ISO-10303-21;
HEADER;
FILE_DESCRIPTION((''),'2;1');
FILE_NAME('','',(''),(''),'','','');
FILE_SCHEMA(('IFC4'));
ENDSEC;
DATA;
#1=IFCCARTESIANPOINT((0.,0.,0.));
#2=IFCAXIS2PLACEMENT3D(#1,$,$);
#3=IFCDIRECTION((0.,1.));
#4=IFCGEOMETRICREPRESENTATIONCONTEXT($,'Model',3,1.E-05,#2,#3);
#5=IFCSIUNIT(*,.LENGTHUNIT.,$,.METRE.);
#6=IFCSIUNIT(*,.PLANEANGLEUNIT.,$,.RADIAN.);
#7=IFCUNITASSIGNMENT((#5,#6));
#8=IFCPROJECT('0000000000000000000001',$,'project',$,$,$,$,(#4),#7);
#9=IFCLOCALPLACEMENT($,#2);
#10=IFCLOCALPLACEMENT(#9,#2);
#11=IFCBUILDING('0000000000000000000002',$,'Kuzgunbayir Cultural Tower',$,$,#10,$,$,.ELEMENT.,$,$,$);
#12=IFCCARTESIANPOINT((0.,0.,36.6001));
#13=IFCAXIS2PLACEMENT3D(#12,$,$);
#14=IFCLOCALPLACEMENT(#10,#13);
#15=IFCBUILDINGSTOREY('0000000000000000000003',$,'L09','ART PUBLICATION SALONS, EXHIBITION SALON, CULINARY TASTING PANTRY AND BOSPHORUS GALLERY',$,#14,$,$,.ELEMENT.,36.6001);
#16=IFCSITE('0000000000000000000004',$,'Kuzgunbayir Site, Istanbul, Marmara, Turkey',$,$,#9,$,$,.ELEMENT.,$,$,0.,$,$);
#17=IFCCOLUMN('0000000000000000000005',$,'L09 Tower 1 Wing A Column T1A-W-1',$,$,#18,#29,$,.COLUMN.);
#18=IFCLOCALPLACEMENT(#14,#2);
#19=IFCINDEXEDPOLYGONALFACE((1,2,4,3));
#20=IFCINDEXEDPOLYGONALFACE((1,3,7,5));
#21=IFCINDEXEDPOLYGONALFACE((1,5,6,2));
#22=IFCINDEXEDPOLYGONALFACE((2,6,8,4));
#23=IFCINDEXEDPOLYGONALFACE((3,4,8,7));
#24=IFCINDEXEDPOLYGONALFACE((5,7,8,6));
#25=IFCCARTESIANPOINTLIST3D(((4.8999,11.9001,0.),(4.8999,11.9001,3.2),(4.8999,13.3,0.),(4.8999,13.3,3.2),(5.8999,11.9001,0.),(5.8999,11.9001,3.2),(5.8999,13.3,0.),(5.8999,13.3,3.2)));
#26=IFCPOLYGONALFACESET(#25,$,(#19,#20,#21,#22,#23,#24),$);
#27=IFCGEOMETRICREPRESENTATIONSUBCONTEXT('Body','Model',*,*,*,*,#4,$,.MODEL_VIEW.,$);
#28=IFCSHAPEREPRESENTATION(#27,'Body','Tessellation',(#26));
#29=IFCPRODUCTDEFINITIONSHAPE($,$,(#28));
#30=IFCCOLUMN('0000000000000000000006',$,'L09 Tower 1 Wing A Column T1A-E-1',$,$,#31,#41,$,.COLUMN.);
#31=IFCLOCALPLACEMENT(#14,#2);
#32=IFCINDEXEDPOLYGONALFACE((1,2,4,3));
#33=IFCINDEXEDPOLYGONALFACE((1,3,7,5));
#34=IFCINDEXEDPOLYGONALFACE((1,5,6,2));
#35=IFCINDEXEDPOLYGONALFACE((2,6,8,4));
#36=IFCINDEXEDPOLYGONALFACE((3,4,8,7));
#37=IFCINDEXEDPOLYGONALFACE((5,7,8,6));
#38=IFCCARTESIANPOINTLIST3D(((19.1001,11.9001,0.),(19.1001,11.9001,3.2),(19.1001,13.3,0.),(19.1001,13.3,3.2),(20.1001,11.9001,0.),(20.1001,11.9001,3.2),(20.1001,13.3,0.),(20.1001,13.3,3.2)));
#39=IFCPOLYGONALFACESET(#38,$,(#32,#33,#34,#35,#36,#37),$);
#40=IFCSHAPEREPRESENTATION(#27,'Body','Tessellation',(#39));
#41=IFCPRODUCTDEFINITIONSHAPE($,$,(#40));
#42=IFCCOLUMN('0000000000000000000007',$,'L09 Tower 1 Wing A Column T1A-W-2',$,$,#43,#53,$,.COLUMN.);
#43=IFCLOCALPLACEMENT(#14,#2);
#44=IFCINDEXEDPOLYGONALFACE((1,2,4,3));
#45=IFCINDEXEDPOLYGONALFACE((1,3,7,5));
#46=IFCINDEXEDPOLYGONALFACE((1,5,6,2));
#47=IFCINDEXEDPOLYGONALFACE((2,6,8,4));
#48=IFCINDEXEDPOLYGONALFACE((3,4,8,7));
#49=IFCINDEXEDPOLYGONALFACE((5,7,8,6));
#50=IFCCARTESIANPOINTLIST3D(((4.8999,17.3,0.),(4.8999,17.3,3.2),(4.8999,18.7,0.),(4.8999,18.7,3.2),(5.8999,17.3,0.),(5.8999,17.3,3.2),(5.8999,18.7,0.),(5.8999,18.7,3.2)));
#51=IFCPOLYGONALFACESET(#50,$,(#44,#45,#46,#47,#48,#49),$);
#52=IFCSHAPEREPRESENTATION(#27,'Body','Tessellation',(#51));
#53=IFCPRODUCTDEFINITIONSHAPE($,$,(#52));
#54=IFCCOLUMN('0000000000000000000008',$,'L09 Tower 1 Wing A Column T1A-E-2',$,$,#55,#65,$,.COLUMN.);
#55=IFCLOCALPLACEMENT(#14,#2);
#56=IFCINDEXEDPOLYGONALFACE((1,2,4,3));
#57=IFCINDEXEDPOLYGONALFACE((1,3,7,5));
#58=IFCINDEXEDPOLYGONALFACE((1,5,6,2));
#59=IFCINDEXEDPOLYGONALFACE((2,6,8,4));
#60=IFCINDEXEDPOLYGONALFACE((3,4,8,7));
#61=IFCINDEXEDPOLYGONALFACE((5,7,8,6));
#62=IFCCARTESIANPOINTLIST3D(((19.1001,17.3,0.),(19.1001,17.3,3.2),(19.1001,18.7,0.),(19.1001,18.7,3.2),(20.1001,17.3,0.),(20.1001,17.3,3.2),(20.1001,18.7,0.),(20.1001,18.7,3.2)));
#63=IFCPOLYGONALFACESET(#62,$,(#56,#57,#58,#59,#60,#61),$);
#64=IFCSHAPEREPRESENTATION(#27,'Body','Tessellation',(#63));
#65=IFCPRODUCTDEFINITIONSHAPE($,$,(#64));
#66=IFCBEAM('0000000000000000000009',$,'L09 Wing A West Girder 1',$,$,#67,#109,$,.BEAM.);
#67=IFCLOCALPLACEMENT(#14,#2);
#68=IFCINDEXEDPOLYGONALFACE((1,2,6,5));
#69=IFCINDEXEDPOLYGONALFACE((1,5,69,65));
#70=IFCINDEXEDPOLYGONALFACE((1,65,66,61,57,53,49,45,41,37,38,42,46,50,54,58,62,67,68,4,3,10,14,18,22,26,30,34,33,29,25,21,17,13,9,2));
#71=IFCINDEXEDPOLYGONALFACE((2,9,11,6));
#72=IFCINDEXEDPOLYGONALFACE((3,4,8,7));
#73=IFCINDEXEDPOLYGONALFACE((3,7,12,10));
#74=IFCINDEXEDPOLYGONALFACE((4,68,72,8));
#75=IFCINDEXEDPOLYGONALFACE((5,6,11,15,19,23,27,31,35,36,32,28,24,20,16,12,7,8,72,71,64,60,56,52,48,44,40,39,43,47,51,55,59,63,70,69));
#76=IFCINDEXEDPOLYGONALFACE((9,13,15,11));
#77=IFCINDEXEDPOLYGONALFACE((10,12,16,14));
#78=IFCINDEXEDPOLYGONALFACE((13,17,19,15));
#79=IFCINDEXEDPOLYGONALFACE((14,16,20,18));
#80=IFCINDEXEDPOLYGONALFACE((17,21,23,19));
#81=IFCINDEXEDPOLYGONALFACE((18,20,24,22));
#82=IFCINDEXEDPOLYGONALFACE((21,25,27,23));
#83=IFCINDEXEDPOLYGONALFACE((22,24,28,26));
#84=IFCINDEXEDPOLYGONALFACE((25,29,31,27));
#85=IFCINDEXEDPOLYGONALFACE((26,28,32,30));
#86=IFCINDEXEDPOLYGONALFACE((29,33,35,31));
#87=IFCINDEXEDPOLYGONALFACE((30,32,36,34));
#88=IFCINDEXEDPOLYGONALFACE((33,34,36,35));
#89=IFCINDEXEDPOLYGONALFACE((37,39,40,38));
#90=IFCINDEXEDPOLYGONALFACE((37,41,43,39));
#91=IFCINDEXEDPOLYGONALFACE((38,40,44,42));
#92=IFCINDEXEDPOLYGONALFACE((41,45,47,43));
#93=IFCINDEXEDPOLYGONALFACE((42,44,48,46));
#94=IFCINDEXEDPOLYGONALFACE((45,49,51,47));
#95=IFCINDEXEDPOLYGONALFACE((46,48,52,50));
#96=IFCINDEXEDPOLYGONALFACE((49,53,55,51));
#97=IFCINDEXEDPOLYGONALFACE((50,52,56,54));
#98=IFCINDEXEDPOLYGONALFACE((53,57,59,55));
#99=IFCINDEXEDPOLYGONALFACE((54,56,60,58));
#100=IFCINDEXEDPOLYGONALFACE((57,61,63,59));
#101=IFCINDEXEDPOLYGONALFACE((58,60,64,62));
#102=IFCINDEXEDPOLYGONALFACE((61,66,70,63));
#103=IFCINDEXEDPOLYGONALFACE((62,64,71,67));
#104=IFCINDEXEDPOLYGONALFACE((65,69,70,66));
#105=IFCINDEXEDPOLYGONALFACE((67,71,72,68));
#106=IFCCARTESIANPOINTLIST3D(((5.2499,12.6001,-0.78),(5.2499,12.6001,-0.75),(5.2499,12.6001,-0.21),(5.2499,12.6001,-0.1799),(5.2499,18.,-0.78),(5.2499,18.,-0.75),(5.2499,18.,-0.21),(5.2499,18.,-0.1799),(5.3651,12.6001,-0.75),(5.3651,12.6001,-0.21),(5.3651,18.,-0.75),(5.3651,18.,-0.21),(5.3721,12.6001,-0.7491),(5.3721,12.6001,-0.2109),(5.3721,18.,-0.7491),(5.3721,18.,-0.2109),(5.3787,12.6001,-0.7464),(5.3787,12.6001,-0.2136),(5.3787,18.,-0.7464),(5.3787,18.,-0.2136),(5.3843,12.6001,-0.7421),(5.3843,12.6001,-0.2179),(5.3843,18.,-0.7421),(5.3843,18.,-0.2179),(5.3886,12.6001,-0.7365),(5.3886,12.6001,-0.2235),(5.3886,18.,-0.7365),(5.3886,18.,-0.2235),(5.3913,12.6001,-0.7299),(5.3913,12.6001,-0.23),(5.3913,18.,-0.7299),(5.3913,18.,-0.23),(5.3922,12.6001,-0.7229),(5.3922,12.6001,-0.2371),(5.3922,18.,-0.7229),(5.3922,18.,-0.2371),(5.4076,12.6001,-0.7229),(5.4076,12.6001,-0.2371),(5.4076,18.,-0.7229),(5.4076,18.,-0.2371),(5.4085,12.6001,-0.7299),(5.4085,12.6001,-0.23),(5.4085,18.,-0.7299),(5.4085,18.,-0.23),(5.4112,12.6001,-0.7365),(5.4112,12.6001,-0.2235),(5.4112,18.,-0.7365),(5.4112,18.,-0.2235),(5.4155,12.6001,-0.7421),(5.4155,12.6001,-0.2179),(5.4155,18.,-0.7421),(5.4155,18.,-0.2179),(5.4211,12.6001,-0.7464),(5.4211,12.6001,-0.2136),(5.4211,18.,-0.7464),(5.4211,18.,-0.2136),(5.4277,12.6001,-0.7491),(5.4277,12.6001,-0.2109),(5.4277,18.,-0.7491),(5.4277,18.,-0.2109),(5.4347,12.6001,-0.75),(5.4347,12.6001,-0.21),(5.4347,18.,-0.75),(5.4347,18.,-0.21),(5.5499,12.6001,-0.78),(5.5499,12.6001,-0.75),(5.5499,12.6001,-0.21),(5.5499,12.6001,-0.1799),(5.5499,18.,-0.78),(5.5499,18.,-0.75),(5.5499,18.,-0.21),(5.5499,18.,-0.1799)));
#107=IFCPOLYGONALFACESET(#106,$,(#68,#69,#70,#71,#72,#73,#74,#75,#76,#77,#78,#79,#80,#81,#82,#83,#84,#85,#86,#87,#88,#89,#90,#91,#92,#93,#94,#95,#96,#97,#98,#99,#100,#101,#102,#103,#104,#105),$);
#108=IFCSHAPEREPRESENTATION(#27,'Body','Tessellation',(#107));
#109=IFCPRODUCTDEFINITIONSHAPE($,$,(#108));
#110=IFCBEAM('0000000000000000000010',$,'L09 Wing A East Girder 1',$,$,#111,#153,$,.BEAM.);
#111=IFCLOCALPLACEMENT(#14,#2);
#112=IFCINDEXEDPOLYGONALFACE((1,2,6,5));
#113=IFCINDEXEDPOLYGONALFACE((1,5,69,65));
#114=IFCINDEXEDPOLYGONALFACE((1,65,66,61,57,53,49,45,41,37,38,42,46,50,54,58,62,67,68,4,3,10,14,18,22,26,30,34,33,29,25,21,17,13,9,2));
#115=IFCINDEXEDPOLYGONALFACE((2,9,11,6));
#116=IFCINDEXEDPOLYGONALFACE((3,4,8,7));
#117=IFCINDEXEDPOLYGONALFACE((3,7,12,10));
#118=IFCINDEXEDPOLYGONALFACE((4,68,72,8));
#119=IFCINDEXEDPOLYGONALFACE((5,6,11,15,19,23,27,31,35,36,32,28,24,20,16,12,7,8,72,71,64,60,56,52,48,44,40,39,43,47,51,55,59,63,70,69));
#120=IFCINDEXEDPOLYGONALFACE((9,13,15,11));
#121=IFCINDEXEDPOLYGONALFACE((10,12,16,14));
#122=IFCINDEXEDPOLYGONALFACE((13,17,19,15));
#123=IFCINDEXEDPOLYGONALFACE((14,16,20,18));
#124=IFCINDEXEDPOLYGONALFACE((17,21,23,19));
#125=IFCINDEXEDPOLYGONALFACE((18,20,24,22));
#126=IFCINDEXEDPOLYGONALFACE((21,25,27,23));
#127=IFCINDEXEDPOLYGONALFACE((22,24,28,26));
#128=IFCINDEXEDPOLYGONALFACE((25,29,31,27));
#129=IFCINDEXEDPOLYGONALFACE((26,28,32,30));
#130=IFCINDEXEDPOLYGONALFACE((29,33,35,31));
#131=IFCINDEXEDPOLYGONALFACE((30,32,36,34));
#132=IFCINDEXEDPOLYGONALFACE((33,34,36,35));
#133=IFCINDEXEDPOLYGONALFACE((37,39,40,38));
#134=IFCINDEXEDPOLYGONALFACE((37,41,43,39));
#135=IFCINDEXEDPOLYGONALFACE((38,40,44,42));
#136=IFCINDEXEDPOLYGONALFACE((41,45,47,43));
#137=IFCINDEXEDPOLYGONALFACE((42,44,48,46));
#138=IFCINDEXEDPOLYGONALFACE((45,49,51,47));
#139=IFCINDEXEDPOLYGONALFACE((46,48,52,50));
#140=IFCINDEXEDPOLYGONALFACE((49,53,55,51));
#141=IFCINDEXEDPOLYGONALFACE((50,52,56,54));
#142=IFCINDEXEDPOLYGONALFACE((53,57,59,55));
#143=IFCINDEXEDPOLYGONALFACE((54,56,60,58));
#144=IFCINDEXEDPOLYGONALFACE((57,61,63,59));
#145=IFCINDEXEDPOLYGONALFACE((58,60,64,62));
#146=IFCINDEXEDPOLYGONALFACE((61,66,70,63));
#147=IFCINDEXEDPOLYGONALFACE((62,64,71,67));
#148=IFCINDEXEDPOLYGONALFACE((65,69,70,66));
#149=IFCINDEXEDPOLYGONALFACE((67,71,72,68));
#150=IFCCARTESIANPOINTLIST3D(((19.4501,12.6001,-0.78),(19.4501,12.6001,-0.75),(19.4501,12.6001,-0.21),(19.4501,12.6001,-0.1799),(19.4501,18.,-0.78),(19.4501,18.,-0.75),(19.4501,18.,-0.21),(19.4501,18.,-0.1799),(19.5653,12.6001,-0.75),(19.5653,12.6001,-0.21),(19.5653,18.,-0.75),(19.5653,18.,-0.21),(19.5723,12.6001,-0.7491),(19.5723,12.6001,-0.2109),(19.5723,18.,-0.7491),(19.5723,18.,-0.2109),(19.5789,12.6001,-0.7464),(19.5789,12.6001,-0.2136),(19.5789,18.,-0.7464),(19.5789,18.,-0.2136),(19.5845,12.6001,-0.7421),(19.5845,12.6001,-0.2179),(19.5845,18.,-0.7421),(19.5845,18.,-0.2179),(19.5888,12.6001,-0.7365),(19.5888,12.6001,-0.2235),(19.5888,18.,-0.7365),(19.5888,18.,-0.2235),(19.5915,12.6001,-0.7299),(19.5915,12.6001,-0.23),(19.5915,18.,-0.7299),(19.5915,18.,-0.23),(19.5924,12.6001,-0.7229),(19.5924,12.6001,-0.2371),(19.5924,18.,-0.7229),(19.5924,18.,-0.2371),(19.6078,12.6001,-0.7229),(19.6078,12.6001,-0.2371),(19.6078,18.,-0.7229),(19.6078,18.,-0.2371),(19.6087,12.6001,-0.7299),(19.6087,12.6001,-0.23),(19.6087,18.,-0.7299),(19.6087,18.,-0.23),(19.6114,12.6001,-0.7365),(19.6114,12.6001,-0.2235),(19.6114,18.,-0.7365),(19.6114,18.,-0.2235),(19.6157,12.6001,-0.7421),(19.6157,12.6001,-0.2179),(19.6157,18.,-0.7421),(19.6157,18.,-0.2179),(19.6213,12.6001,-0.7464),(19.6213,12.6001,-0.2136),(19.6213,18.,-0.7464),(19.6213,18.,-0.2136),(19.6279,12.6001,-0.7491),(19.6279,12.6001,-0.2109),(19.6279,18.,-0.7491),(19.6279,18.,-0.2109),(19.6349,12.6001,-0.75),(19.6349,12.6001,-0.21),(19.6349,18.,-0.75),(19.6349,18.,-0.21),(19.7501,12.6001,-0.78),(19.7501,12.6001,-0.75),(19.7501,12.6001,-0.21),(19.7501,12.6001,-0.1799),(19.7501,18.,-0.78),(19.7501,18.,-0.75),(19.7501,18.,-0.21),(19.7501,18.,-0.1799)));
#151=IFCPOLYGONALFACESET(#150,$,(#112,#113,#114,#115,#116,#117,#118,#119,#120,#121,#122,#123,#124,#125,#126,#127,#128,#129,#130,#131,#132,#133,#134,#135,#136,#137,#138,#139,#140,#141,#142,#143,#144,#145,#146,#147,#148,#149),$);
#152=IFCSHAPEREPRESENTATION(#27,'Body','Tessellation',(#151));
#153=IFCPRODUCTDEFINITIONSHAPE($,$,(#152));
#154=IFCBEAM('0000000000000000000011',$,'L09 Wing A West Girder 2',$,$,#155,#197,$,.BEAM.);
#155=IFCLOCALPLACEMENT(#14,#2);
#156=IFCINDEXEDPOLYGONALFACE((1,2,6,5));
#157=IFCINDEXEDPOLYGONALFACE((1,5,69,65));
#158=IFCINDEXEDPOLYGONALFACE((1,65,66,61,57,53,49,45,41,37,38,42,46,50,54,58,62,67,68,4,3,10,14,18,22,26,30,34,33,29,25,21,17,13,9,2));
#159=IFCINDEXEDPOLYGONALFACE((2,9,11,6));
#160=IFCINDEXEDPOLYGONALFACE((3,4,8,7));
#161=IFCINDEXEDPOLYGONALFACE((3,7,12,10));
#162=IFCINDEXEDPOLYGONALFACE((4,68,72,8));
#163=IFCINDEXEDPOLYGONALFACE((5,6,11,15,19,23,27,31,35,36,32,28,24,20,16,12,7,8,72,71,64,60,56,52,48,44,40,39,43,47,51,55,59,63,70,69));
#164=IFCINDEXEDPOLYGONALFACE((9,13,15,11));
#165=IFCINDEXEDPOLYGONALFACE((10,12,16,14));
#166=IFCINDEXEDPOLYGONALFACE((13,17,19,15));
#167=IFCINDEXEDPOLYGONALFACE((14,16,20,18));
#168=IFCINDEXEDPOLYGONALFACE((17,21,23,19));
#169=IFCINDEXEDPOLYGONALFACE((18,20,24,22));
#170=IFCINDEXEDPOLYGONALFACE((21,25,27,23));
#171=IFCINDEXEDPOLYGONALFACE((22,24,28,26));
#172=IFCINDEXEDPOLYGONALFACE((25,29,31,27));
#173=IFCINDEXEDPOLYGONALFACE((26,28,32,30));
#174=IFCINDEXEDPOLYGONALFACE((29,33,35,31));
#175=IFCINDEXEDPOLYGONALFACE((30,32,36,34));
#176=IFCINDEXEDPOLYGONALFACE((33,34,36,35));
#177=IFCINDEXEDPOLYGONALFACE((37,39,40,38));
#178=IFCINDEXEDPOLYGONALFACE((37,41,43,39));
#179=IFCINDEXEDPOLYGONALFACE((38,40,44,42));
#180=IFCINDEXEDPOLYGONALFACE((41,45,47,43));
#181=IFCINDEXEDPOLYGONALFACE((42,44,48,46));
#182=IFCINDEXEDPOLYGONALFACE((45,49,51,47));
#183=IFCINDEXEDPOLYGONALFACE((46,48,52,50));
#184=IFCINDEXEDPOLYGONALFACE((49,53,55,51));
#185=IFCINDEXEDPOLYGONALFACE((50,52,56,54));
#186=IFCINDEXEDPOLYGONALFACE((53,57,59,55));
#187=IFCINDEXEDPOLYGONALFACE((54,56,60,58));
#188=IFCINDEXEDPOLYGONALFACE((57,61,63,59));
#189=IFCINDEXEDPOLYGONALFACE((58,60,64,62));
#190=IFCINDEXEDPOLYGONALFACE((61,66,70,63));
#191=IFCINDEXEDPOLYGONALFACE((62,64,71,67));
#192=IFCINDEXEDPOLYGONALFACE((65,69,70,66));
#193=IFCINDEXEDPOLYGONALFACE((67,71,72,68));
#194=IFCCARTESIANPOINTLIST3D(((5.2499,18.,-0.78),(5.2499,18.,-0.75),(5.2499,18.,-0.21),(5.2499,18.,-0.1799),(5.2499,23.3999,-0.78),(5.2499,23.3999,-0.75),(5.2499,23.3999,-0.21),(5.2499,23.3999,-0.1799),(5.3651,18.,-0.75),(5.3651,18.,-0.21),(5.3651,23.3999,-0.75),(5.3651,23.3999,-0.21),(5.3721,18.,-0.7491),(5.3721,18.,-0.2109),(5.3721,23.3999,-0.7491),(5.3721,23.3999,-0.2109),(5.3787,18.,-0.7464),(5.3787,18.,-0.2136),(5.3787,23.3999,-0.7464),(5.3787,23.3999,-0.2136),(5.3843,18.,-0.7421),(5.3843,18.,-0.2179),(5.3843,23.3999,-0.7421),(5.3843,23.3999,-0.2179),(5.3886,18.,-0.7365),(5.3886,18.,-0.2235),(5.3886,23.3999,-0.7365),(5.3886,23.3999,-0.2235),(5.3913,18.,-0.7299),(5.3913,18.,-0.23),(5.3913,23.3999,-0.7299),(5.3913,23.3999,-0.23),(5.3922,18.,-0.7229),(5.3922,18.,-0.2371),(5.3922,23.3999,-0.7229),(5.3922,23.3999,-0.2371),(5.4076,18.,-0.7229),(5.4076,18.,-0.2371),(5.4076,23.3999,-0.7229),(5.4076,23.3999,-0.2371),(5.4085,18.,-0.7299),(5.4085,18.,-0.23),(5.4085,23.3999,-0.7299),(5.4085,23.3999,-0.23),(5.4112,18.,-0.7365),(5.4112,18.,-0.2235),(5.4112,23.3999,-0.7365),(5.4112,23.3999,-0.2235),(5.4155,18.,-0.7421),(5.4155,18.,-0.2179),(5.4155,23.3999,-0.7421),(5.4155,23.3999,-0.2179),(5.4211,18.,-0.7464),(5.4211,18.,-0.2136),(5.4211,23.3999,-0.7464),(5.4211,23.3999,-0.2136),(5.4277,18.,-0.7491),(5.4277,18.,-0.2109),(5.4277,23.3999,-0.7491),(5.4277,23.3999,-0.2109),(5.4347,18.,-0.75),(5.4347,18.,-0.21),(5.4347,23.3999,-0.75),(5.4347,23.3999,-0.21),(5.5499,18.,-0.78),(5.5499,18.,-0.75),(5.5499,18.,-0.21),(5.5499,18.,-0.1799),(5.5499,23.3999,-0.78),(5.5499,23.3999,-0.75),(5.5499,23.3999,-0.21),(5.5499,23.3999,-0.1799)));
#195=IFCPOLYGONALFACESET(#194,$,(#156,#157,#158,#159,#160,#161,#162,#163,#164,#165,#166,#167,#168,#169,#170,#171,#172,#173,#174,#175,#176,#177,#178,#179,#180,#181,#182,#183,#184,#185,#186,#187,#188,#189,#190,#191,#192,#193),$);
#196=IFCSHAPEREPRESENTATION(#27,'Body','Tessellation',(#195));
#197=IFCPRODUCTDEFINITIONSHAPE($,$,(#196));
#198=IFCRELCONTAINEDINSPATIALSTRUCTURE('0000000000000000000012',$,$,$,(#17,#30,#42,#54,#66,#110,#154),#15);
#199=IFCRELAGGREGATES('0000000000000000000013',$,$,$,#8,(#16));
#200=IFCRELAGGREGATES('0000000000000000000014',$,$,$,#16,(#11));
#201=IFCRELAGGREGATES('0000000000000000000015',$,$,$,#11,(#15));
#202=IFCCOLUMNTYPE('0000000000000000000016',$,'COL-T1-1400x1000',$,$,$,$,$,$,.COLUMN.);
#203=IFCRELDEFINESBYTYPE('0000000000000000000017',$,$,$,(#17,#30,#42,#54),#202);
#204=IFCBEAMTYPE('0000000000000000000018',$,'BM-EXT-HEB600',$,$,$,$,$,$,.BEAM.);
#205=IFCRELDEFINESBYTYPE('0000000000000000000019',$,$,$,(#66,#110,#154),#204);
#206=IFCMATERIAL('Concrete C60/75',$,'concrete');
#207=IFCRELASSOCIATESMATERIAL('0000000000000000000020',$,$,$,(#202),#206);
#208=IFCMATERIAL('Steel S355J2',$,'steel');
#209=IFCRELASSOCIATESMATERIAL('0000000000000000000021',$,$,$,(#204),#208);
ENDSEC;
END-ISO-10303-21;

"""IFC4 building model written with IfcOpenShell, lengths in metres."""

from ifc_helpers import new_model, si_unit, direction, frame, origin, origin_2d, place, context, subcontext, project, spatial, rectangle, i_section, extrude, material, material_profile, profile_set, type_object, element, save


model = new_model("IFC4")

# Units and contexts
model_context = context("Model", 3, precision=1e-05, world=origin(), true_north=direction((0.0, 1.0)))
body_context = subcontext(model_context, "Body", "Model", "MODEL_VIEW")
ifc_project = project(units=[si_unit("LENGTHUNIT", "METRE"), si_unit("PLANEANGLEUNIT", "RADIAN")], contexts=[model_context])

# Site, building, storey
site_placement = place(None, origin())
site = spatial("IfcSite", under=ifc_project, at=site_placement, Name="Kuzgunbayir Site, Istanbul, Marmara, Turkey", CompositionType="ELEMENT", RefElevation=0.0)
building_placement = place(site_placement, origin())
building = spatial("IfcBuilding", under=site, at=building_placement, Name="Kuzgunbayir Cultural Tower", CompositionType="ELEMENT")
storey_placement = place(building_placement, frame((0.0, 0.0, 36.6001)))
storey = spatial("IfcBuildingStorey", under=building, at=storey_placement, Name="L09", Description="ART PUBLICATION SALONS, EXHIBITION SALON, CULINARY TASTING PANTRY AND BOSPHORUS GALLERY", CompositionType="ELEMENT", Elevation=36.6001)

# Columns
ifc_material_1 = material(Name="Concrete C60/75", Category="concrete")
ifc_material_profile_1 = material_profile(ifc_material_1, rectangle(XDim=1.0, YDim=1.3999, at=origin_2d()), Name="RC 1400x1000")
ifc_profile_set_1 = profile_set([ifc_material_profile_1], Name="Concrete C60/75")
column_type = type_object("IfcColumnType", Name="COL-T1-1400x1000", PredefinedType="COLUMN", material=ifc_profile_set_1)
for number, where, z_axis, x_axis, name in (
    (1, (5.3999, 12.6001, 0.0), (0.0, 0.0, 1.0), (1.0, 0.0, 0.0), "L09 Tower 1 Wing A Column T1A-W-1"),
    (2, (19.6001, 12.6001, 0.0), (0.0, 0.0, 1.0), (1.0, 0.0, 0.0), "L09 Tower 1 Wing A Column T1A-E-1"),
    (3, (5.3999, 18.0, 0.0), (0.0, 0.0, 1.0), (1.0, 0.0, 0.0), "L09 Tower 1 Wing A Column T1A-W-2"),
    (4, (19.6001, 18.0, 0.0), (0.0, 0.0, 1.0), (1.0, 0.0, 0.0), "L09 Tower 1 Wing A Column T1A-E-2"),
):
    element("IfcColumn", number, at=place(storey_placement, frame(where, z_axis=z_axis, x_axis=x_axis)), inside=storey, type_object=column_type, Name=name, PredefinedType="COLUMN", context=body_context, shape_type="SweptSolid", body=[
        extrude(rectangle(XDim=1.0, YDim=1.3999, at=origin_2d()), origin(), (0.0, 0.0, 1.0), 3.2),
    ])

# Beams
ifc_material_2 = material(Name="Steel S355J2", Category="steel")
ifc_material_profile_2 = material_profile(ifc_material_2, i_section(OverallWidth=0.3, OverallDepth=0.6001, WebThickness=0.0154, FlangeThickness=0.03, FilletRadius=0.0271, at=origin_2d()), Name="HEB 600")
ifc_profile_set_2 = profile_set([ifc_material_profile_2], Name="Steel S355J2")
beam_type_1 = type_object("IfcBeamType", Name="BM-EXT-HEB600", PredefinedType="BEAM", material=ifc_profile_set_2)
for number, where, z_axis, x_axis, name in (
    (5, (5.3999, 12.6001, -0.48), (0.0, 1.0, 0.0), (-1.0, 0.0, 0.0), "L09 Wing A West Girder 1"),
    (6, (19.6001, 12.6001, -0.48), (0.0, 1.0, 0.0), (-1.0, 0.0, 0.0), "L09 Wing A East Girder 1"),
    (7, (5.3999, 18.0, -0.48), (0.0, 1.0, 0.0), (-1.0, 0.0, 0.0), "L09 Wing A West Girder 2"),
):
    element("IfcBeam", number, at=place(storey_placement, frame(where, z_axis=z_axis, x_axis=x_axis)), inside=storey, type_object=beam_type_1, Name=name, PredefinedType="BEAM", context=body_context, shape_type="SweptSolid", body=[
        extrude(i_section(OverallWidth=0.3, OverallDepth=0.6001, WebThickness=0.0154, FlangeThickness=0.03, FilletRadius=0.0271, at=origin_2d()), origin(), (0.0, 0.0, 1.0), 5.3999),
    ])

save(model, "model.ifc")
